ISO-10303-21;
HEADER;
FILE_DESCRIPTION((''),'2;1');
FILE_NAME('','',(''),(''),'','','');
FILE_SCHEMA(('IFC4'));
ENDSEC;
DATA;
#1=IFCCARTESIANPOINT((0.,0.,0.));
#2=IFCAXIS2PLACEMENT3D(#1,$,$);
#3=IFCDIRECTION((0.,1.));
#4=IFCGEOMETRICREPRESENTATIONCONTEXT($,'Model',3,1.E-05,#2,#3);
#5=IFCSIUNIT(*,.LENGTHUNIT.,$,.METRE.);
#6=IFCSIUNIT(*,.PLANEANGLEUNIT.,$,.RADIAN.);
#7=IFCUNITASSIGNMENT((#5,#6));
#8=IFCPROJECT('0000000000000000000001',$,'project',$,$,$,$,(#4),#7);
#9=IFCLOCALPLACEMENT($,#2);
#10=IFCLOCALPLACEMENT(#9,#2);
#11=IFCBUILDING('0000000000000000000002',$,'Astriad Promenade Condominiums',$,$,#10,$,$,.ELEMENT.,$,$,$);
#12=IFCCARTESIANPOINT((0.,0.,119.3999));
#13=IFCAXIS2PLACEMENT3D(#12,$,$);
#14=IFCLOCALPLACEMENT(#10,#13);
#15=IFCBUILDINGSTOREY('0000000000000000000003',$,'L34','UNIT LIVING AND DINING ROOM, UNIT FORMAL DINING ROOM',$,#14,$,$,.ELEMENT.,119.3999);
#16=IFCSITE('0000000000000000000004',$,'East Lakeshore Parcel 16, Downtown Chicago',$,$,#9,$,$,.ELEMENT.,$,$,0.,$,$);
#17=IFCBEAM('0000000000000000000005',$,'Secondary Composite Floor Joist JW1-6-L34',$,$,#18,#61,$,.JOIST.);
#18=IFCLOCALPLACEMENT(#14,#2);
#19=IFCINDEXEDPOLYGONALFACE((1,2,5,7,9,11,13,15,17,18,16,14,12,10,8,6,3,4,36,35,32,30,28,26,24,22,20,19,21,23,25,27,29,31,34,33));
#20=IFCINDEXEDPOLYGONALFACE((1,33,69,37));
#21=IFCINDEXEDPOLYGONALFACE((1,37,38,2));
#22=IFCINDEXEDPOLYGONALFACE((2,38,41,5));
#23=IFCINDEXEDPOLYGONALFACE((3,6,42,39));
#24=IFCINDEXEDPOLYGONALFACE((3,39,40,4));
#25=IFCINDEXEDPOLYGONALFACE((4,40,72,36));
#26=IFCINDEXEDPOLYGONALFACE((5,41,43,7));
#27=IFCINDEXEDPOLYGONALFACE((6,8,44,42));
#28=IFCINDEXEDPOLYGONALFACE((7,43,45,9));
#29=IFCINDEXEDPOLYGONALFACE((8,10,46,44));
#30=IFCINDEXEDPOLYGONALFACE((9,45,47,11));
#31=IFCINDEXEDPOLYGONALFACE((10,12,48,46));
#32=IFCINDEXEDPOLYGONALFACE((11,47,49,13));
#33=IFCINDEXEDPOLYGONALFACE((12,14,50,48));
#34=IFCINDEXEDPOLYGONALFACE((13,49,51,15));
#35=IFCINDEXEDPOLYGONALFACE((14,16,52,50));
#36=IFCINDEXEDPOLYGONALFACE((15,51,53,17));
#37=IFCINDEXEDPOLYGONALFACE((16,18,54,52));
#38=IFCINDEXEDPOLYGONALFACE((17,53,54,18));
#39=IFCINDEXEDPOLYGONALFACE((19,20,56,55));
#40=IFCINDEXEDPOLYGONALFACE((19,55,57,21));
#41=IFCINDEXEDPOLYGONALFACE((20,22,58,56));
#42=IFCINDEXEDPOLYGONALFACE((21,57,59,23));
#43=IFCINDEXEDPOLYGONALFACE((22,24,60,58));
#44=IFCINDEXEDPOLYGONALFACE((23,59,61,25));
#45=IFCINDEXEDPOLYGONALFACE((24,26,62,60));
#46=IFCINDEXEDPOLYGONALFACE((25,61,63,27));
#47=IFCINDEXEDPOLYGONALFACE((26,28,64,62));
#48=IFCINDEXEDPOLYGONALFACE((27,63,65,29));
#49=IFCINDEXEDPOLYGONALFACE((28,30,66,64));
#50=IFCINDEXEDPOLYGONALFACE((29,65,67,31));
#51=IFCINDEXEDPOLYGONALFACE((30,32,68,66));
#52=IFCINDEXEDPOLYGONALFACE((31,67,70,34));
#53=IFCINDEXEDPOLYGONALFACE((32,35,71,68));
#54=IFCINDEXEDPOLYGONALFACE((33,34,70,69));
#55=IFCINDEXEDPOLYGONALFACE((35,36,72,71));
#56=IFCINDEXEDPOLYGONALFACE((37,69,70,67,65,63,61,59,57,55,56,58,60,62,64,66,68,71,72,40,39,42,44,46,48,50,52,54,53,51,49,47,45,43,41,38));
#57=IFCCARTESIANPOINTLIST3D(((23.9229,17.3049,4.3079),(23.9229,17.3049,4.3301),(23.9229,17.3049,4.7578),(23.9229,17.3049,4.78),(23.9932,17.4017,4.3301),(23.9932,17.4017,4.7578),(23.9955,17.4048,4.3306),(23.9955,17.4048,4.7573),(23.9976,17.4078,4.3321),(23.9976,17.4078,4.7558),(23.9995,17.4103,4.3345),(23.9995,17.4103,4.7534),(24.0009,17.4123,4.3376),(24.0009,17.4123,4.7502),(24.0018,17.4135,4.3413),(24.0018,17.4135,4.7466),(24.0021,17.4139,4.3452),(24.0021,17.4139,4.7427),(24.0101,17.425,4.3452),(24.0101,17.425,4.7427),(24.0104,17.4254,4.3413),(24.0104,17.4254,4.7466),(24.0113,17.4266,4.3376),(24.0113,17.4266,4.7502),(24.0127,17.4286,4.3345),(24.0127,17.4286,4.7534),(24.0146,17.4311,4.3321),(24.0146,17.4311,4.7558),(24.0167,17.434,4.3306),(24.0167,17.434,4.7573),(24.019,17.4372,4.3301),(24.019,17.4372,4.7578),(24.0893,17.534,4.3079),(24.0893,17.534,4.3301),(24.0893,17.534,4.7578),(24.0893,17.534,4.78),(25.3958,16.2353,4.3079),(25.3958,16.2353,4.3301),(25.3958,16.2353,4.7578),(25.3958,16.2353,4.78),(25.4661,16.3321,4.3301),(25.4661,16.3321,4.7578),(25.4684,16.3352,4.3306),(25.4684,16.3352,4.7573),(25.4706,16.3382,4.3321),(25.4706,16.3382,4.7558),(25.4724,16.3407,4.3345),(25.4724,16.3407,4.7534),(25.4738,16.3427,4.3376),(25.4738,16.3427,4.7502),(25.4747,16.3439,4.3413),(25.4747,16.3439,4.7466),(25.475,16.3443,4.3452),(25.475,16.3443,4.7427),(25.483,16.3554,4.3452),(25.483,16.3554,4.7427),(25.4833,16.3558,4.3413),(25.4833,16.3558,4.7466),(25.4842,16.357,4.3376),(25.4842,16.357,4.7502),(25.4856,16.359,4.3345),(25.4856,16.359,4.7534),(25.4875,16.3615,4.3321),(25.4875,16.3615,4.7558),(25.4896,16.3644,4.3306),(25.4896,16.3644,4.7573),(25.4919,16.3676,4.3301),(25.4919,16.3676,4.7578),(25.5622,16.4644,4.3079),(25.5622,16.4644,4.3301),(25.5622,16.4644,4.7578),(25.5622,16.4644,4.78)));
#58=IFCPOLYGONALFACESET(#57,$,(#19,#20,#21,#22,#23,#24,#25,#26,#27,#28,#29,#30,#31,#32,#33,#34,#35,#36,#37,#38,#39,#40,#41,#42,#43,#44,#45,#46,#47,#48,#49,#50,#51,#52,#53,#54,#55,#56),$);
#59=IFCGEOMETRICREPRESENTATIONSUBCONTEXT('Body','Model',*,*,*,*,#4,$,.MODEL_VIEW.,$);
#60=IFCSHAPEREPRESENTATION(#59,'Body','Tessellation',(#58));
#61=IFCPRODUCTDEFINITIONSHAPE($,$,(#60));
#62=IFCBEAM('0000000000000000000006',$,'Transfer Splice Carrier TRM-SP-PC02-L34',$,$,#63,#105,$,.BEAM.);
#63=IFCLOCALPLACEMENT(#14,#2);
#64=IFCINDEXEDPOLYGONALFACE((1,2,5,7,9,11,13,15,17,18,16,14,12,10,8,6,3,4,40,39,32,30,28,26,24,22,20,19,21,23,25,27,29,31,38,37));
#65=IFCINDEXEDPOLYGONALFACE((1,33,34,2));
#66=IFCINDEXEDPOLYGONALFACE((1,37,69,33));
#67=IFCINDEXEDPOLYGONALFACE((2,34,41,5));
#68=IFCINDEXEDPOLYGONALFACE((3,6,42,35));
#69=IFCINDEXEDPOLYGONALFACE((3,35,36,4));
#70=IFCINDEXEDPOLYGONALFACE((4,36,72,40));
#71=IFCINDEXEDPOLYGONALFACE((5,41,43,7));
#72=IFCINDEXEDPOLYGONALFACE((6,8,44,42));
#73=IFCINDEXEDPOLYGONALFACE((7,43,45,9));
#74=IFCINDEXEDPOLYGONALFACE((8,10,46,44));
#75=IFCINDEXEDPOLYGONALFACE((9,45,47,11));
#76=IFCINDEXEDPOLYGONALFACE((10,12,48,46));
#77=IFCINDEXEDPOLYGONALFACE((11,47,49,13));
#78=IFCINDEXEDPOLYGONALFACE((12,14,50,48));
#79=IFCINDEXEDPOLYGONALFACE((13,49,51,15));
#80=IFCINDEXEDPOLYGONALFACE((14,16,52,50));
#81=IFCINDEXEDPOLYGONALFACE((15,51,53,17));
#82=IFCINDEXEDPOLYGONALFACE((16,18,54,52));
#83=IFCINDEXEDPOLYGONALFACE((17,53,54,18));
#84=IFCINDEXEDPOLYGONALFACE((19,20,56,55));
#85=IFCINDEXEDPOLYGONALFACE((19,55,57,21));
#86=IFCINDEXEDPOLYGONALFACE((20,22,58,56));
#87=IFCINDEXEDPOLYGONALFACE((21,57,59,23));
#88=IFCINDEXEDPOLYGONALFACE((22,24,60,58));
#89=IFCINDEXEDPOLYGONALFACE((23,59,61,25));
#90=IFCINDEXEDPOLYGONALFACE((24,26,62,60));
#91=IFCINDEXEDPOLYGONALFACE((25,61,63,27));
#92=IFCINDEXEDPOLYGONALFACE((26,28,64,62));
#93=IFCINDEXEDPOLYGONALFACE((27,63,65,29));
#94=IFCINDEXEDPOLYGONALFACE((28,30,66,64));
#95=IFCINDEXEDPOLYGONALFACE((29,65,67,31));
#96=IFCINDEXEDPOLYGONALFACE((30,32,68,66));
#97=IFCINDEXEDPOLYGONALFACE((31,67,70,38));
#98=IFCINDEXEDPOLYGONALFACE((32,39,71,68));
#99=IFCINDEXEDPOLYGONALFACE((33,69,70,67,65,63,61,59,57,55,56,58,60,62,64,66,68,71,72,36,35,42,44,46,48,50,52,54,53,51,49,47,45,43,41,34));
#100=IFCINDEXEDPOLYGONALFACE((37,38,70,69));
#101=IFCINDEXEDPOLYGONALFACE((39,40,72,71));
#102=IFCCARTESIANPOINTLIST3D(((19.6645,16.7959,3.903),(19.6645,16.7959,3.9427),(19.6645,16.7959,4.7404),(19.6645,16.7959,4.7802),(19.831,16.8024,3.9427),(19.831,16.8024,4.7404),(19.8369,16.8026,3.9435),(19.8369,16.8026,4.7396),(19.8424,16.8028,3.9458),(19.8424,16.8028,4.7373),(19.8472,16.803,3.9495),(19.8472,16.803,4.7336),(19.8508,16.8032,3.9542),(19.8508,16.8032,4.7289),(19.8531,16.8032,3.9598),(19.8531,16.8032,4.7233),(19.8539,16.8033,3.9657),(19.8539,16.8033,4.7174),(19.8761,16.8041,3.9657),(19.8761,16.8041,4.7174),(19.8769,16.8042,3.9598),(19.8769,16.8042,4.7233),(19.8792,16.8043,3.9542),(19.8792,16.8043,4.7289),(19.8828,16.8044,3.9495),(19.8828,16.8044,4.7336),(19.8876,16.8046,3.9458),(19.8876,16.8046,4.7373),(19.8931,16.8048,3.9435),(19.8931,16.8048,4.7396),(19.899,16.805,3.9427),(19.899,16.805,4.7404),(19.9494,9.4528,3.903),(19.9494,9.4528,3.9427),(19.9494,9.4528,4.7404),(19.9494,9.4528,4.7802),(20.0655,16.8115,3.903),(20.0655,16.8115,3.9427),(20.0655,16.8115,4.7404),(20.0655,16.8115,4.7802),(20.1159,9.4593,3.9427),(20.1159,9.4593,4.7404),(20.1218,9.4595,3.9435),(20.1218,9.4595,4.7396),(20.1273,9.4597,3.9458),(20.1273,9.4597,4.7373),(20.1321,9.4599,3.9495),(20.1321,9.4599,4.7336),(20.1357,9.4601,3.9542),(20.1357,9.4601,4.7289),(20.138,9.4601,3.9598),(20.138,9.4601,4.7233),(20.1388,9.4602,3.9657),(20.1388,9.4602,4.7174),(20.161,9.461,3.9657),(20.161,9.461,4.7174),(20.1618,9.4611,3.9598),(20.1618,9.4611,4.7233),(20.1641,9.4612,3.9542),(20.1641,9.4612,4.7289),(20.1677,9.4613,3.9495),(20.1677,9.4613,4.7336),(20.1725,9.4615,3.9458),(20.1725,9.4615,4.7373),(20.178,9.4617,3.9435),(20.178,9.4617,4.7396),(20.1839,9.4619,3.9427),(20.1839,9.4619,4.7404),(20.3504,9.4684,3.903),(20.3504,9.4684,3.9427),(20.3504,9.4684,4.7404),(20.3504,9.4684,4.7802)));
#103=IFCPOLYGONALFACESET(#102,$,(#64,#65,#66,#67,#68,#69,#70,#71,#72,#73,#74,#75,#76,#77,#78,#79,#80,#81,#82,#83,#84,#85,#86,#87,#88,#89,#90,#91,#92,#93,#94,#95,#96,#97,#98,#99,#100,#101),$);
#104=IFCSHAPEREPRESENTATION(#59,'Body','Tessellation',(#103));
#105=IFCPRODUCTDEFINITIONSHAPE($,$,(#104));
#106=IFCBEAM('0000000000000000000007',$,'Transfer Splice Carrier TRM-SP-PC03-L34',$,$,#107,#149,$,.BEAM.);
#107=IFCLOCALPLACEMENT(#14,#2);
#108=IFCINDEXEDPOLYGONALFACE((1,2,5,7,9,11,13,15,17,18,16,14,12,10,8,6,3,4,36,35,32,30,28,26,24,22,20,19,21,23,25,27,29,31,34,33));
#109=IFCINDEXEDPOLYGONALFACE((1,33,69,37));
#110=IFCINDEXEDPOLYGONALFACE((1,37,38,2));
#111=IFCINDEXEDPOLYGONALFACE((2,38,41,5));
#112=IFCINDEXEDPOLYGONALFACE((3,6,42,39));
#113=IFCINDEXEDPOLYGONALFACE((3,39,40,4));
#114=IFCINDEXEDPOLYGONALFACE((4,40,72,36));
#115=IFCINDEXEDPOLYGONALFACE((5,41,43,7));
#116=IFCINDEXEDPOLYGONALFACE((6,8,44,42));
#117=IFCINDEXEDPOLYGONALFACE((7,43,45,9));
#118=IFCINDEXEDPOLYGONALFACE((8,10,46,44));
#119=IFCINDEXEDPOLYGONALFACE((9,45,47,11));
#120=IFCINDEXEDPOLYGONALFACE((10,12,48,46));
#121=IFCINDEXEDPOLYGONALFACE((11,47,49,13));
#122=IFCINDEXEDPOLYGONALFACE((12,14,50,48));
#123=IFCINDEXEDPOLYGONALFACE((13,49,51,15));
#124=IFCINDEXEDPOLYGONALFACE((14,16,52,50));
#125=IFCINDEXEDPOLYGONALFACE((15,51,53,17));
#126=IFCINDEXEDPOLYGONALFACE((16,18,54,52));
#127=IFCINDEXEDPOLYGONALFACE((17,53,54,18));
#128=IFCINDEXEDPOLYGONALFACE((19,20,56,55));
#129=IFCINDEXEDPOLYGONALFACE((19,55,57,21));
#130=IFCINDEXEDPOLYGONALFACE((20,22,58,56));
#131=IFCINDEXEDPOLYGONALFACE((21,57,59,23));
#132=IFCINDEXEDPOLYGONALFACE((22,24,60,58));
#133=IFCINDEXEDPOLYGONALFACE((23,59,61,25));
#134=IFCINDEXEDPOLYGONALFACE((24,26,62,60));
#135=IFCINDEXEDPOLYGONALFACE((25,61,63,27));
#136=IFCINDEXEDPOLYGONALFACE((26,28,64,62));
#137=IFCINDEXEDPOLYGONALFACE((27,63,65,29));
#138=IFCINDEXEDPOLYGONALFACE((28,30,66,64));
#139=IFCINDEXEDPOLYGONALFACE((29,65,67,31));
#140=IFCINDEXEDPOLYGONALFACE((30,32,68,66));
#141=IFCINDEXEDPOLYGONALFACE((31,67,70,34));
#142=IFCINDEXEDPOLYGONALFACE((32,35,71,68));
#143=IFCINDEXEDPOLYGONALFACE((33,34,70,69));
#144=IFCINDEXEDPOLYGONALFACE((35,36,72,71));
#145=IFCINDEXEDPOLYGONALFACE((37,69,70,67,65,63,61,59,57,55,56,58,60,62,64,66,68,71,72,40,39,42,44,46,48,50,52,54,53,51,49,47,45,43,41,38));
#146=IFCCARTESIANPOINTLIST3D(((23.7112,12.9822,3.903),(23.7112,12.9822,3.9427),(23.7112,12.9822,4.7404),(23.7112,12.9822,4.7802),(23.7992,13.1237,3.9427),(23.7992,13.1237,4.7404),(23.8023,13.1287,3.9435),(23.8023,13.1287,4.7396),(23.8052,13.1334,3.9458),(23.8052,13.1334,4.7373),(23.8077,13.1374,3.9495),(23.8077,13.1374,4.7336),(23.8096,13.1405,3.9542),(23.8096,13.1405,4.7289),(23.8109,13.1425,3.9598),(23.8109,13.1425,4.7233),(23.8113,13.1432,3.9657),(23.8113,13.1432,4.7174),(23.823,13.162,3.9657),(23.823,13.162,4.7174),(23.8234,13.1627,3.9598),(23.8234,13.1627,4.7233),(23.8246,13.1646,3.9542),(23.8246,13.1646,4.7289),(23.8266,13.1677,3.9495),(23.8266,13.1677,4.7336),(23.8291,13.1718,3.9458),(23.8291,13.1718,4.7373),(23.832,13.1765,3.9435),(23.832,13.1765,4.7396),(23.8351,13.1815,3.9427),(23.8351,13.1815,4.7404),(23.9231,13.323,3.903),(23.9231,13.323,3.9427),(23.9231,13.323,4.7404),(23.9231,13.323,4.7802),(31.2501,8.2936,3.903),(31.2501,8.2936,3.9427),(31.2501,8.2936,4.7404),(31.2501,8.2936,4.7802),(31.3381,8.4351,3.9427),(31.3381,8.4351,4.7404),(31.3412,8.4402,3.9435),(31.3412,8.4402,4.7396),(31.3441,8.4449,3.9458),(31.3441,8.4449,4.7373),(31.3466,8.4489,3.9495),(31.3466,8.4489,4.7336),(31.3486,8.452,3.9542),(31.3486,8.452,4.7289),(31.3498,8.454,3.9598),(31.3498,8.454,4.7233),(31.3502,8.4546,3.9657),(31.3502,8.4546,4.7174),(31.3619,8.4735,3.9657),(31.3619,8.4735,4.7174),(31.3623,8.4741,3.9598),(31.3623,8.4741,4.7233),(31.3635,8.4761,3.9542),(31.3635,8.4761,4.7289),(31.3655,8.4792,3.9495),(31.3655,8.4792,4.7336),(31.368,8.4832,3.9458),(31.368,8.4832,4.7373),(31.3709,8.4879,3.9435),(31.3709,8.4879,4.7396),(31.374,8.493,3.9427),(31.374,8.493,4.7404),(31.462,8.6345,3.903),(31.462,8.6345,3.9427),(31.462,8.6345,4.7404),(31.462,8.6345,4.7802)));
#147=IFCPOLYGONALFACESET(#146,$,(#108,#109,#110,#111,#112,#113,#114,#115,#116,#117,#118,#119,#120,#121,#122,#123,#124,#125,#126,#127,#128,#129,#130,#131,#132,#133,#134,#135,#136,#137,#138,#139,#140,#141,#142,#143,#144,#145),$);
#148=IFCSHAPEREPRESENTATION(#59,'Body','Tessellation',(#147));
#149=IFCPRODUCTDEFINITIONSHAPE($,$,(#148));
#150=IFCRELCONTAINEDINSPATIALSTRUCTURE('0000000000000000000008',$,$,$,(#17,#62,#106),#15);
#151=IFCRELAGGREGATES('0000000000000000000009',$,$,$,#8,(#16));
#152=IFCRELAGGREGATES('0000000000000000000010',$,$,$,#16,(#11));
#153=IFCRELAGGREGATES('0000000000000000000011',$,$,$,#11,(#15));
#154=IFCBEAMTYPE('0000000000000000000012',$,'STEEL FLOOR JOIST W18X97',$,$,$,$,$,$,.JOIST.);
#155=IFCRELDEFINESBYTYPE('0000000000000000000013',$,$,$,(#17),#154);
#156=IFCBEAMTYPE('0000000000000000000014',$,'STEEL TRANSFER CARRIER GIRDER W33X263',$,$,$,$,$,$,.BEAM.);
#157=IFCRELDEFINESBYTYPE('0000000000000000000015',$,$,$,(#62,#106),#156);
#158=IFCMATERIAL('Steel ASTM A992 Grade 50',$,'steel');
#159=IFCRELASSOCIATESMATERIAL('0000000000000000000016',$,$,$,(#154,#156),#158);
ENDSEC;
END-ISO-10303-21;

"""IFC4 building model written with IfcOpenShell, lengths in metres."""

from ifc_helpers import new_model, si_unit, direction, frame, origin, origin_2d, place, context, subcontext, project, spatial, i_section, extrude, source, transform, mapped, material, material_profile, profile_set, type_object, type_shapes, element, save


model = new_model("IFC4")

# Units and contexts
model_context = context("Model", 3, precision=1e-05, world=origin(), true_north=direction((0.0, 1.0)))
body_context = subcontext(model_context, "Body", "Model", "MODEL_VIEW")
ifc_project = project(units=[si_unit("LENGTHUNIT", "METRE"), si_unit("PLANEANGLEUNIT", "RADIAN")], contexts=[model_context])

# Site, building, storey
site_placement = place(None, origin())
site = spatial("IfcSite", under=ifc_project, at=site_placement, Name="East Lakeshore Parcel 16, Downtown Chicago", CompositionType="ELEMENT", RefElevation=0.0)
building_placement = place(site_placement, origin())
building = spatial("IfcBuilding", under=site, at=building_placement, Name="Astriad Promenade Condominiums", CompositionType="ELEMENT")
storey_placement = place(building_placement, frame((0.0, 0.0, 119.3999)))
storey = spatial("IfcBuildingStorey", under=building, at=storey_placement, Name="L34", Description="UNIT LIVING AND DINING ROOM, UNIT FORMAL DINING ROOM", CompositionType="ELEMENT", Elevation=119.3999)

# Beams
ifc_material_1 = material(Name="Steel ASTM A992 Grade 50", Category="steel")
ifc_material_profile_1 = material_profile(ifc_material_1, i_section(OverallWidth=0.2832, OverallDepth=0.4722, WebThickness=0.0137, FlangeThickness=0.0222, FilletRadius=0.0151, at=origin_2d()), Name="W18X97")
ifc_profile_set_1 = profile_set([ifc_material_profile_1], Name="Steel ASTM A992 Grade 50")
beam_type_1 = type_object("IfcBeamType", Name="STEEL FLOOR JOIST W18X97", PredefinedType="JOIST", material=ifc_profile_set_1)
shared_shape_1 = source(origin(), body_context, "Body", "SweptSolid", [
    extrude(i_section(OverallWidth=0.2832, OverallDepth=0.4722, WebThickness=0.0137, FlangeThickness=0.0222, FilletRadius=0.0151, at=origin_2d()), origin(), (0.0, 0.0, 1.0), 1.8203),
])
type_shapes(beam_type_1, [shared_shape_1])
beam_1_placement = place(storey_placement, frame((24.0061, 17.4194, 4.5439), z_axis=(0.809159, -0.587589, 0.0), x_axis=(0.587589, 0.809159, 0.0)))
element("IfcBeam", 1, at=beam_1_placement, inside=storey, type_object=beam_type_1, Name="Secondary Composite Floor Joist JW1-6-L34", PredefinedType="JOIST", context=body_context, shape_type="MappedRepresentation", body=[
    mapped(shared_shape_1, transform((0.0, 0.0, 0.0), scale=1.0)),
])
ifc_material_profile_2 = material_profile(ifc_material_1, i_section(OverallWidth=0.4014, OverallDepth=0.8772, WebThickness=0.0222, FlangeThickness=0.0398, FilletRadius=0.0229, at=origin_2d()), Name="W33X263")
ifc_profile_set_2 = profile_set([ifc_material_profile_2], Name="Steel ASTM A992 Grade 50")
beam_type_2 = type_object("IfcBeamType", Name="STEEL TRANSFER CARRIER GIRDER W33X263", PredefinedType="BEAM", material=ifc_profile_set_2)
shared_shape_2 = source(origin(), body_context, "Body", "SweptSolid", [
    extrude(i_section(OverallWidth=0.4014, OverallDepth=0.8772, WebThickness=0.0222, FlangeThickness=0.0398, FilletRadius=0.0229, at=origin_2d()), origin(), (0.0, 0.0, 1.0), 7.3486),
])
beam_2_placement = place(storey_placement, frame((19.865, 16.8037, 4.3416), z_axis=(0.038771, -0.999248, 0.0), x_axis=(0.999248, 0.038771, 0.0)))
element("IfcBeam", 2, at=beam_2_placement, inside=storey, type_object=beam_type_2, Name="Transfer Splice Carrier TRM-SP-PC02-L34", PredefinedType="BEAM", context=body_context, shape_type="MappedRepresentation", body=[
    mapped(shared_shape_2, transform((0.0, 0.0, 0.0), scale=1.0)),
])
shared_shape_3 = source(origin(), body_context, "Body", "SweptSolid", [
    extrude(i_section(OverallWidth=0.4014, OverallDepth=0.8772, WebThickness=0.0222, FlangeThickness=0.0398, FilletRadius=0.0229, at=origin_2d()), origin(), (0.0, 0.0, 1.0), 8.8779),
])
type_shapes(beam_type_2, [shared_shape_2, shared_shape_3])
beam_3_placement = place(storey_placement, frame((23.8171, 13.1526, 4.3416), z_axis=(0.849175, -0.528112, 0.0), x_axis=(0.528112, 0.849175, 0.0)))
element("IfcBeam", 3, at=beam_3_placement, inside=storey, type_object=beam_type_2, Name="Transfer Splice Carrier TRM-SP-PC03-L34", PredefinedType="BEAM", context=body_context, shape_type="MappedRepresentation", body=[
    mapped(shared_shape_3, transform((0.0, 0.0, 0.0), scale=1.0)),
])

save(model, "model.ifc")
